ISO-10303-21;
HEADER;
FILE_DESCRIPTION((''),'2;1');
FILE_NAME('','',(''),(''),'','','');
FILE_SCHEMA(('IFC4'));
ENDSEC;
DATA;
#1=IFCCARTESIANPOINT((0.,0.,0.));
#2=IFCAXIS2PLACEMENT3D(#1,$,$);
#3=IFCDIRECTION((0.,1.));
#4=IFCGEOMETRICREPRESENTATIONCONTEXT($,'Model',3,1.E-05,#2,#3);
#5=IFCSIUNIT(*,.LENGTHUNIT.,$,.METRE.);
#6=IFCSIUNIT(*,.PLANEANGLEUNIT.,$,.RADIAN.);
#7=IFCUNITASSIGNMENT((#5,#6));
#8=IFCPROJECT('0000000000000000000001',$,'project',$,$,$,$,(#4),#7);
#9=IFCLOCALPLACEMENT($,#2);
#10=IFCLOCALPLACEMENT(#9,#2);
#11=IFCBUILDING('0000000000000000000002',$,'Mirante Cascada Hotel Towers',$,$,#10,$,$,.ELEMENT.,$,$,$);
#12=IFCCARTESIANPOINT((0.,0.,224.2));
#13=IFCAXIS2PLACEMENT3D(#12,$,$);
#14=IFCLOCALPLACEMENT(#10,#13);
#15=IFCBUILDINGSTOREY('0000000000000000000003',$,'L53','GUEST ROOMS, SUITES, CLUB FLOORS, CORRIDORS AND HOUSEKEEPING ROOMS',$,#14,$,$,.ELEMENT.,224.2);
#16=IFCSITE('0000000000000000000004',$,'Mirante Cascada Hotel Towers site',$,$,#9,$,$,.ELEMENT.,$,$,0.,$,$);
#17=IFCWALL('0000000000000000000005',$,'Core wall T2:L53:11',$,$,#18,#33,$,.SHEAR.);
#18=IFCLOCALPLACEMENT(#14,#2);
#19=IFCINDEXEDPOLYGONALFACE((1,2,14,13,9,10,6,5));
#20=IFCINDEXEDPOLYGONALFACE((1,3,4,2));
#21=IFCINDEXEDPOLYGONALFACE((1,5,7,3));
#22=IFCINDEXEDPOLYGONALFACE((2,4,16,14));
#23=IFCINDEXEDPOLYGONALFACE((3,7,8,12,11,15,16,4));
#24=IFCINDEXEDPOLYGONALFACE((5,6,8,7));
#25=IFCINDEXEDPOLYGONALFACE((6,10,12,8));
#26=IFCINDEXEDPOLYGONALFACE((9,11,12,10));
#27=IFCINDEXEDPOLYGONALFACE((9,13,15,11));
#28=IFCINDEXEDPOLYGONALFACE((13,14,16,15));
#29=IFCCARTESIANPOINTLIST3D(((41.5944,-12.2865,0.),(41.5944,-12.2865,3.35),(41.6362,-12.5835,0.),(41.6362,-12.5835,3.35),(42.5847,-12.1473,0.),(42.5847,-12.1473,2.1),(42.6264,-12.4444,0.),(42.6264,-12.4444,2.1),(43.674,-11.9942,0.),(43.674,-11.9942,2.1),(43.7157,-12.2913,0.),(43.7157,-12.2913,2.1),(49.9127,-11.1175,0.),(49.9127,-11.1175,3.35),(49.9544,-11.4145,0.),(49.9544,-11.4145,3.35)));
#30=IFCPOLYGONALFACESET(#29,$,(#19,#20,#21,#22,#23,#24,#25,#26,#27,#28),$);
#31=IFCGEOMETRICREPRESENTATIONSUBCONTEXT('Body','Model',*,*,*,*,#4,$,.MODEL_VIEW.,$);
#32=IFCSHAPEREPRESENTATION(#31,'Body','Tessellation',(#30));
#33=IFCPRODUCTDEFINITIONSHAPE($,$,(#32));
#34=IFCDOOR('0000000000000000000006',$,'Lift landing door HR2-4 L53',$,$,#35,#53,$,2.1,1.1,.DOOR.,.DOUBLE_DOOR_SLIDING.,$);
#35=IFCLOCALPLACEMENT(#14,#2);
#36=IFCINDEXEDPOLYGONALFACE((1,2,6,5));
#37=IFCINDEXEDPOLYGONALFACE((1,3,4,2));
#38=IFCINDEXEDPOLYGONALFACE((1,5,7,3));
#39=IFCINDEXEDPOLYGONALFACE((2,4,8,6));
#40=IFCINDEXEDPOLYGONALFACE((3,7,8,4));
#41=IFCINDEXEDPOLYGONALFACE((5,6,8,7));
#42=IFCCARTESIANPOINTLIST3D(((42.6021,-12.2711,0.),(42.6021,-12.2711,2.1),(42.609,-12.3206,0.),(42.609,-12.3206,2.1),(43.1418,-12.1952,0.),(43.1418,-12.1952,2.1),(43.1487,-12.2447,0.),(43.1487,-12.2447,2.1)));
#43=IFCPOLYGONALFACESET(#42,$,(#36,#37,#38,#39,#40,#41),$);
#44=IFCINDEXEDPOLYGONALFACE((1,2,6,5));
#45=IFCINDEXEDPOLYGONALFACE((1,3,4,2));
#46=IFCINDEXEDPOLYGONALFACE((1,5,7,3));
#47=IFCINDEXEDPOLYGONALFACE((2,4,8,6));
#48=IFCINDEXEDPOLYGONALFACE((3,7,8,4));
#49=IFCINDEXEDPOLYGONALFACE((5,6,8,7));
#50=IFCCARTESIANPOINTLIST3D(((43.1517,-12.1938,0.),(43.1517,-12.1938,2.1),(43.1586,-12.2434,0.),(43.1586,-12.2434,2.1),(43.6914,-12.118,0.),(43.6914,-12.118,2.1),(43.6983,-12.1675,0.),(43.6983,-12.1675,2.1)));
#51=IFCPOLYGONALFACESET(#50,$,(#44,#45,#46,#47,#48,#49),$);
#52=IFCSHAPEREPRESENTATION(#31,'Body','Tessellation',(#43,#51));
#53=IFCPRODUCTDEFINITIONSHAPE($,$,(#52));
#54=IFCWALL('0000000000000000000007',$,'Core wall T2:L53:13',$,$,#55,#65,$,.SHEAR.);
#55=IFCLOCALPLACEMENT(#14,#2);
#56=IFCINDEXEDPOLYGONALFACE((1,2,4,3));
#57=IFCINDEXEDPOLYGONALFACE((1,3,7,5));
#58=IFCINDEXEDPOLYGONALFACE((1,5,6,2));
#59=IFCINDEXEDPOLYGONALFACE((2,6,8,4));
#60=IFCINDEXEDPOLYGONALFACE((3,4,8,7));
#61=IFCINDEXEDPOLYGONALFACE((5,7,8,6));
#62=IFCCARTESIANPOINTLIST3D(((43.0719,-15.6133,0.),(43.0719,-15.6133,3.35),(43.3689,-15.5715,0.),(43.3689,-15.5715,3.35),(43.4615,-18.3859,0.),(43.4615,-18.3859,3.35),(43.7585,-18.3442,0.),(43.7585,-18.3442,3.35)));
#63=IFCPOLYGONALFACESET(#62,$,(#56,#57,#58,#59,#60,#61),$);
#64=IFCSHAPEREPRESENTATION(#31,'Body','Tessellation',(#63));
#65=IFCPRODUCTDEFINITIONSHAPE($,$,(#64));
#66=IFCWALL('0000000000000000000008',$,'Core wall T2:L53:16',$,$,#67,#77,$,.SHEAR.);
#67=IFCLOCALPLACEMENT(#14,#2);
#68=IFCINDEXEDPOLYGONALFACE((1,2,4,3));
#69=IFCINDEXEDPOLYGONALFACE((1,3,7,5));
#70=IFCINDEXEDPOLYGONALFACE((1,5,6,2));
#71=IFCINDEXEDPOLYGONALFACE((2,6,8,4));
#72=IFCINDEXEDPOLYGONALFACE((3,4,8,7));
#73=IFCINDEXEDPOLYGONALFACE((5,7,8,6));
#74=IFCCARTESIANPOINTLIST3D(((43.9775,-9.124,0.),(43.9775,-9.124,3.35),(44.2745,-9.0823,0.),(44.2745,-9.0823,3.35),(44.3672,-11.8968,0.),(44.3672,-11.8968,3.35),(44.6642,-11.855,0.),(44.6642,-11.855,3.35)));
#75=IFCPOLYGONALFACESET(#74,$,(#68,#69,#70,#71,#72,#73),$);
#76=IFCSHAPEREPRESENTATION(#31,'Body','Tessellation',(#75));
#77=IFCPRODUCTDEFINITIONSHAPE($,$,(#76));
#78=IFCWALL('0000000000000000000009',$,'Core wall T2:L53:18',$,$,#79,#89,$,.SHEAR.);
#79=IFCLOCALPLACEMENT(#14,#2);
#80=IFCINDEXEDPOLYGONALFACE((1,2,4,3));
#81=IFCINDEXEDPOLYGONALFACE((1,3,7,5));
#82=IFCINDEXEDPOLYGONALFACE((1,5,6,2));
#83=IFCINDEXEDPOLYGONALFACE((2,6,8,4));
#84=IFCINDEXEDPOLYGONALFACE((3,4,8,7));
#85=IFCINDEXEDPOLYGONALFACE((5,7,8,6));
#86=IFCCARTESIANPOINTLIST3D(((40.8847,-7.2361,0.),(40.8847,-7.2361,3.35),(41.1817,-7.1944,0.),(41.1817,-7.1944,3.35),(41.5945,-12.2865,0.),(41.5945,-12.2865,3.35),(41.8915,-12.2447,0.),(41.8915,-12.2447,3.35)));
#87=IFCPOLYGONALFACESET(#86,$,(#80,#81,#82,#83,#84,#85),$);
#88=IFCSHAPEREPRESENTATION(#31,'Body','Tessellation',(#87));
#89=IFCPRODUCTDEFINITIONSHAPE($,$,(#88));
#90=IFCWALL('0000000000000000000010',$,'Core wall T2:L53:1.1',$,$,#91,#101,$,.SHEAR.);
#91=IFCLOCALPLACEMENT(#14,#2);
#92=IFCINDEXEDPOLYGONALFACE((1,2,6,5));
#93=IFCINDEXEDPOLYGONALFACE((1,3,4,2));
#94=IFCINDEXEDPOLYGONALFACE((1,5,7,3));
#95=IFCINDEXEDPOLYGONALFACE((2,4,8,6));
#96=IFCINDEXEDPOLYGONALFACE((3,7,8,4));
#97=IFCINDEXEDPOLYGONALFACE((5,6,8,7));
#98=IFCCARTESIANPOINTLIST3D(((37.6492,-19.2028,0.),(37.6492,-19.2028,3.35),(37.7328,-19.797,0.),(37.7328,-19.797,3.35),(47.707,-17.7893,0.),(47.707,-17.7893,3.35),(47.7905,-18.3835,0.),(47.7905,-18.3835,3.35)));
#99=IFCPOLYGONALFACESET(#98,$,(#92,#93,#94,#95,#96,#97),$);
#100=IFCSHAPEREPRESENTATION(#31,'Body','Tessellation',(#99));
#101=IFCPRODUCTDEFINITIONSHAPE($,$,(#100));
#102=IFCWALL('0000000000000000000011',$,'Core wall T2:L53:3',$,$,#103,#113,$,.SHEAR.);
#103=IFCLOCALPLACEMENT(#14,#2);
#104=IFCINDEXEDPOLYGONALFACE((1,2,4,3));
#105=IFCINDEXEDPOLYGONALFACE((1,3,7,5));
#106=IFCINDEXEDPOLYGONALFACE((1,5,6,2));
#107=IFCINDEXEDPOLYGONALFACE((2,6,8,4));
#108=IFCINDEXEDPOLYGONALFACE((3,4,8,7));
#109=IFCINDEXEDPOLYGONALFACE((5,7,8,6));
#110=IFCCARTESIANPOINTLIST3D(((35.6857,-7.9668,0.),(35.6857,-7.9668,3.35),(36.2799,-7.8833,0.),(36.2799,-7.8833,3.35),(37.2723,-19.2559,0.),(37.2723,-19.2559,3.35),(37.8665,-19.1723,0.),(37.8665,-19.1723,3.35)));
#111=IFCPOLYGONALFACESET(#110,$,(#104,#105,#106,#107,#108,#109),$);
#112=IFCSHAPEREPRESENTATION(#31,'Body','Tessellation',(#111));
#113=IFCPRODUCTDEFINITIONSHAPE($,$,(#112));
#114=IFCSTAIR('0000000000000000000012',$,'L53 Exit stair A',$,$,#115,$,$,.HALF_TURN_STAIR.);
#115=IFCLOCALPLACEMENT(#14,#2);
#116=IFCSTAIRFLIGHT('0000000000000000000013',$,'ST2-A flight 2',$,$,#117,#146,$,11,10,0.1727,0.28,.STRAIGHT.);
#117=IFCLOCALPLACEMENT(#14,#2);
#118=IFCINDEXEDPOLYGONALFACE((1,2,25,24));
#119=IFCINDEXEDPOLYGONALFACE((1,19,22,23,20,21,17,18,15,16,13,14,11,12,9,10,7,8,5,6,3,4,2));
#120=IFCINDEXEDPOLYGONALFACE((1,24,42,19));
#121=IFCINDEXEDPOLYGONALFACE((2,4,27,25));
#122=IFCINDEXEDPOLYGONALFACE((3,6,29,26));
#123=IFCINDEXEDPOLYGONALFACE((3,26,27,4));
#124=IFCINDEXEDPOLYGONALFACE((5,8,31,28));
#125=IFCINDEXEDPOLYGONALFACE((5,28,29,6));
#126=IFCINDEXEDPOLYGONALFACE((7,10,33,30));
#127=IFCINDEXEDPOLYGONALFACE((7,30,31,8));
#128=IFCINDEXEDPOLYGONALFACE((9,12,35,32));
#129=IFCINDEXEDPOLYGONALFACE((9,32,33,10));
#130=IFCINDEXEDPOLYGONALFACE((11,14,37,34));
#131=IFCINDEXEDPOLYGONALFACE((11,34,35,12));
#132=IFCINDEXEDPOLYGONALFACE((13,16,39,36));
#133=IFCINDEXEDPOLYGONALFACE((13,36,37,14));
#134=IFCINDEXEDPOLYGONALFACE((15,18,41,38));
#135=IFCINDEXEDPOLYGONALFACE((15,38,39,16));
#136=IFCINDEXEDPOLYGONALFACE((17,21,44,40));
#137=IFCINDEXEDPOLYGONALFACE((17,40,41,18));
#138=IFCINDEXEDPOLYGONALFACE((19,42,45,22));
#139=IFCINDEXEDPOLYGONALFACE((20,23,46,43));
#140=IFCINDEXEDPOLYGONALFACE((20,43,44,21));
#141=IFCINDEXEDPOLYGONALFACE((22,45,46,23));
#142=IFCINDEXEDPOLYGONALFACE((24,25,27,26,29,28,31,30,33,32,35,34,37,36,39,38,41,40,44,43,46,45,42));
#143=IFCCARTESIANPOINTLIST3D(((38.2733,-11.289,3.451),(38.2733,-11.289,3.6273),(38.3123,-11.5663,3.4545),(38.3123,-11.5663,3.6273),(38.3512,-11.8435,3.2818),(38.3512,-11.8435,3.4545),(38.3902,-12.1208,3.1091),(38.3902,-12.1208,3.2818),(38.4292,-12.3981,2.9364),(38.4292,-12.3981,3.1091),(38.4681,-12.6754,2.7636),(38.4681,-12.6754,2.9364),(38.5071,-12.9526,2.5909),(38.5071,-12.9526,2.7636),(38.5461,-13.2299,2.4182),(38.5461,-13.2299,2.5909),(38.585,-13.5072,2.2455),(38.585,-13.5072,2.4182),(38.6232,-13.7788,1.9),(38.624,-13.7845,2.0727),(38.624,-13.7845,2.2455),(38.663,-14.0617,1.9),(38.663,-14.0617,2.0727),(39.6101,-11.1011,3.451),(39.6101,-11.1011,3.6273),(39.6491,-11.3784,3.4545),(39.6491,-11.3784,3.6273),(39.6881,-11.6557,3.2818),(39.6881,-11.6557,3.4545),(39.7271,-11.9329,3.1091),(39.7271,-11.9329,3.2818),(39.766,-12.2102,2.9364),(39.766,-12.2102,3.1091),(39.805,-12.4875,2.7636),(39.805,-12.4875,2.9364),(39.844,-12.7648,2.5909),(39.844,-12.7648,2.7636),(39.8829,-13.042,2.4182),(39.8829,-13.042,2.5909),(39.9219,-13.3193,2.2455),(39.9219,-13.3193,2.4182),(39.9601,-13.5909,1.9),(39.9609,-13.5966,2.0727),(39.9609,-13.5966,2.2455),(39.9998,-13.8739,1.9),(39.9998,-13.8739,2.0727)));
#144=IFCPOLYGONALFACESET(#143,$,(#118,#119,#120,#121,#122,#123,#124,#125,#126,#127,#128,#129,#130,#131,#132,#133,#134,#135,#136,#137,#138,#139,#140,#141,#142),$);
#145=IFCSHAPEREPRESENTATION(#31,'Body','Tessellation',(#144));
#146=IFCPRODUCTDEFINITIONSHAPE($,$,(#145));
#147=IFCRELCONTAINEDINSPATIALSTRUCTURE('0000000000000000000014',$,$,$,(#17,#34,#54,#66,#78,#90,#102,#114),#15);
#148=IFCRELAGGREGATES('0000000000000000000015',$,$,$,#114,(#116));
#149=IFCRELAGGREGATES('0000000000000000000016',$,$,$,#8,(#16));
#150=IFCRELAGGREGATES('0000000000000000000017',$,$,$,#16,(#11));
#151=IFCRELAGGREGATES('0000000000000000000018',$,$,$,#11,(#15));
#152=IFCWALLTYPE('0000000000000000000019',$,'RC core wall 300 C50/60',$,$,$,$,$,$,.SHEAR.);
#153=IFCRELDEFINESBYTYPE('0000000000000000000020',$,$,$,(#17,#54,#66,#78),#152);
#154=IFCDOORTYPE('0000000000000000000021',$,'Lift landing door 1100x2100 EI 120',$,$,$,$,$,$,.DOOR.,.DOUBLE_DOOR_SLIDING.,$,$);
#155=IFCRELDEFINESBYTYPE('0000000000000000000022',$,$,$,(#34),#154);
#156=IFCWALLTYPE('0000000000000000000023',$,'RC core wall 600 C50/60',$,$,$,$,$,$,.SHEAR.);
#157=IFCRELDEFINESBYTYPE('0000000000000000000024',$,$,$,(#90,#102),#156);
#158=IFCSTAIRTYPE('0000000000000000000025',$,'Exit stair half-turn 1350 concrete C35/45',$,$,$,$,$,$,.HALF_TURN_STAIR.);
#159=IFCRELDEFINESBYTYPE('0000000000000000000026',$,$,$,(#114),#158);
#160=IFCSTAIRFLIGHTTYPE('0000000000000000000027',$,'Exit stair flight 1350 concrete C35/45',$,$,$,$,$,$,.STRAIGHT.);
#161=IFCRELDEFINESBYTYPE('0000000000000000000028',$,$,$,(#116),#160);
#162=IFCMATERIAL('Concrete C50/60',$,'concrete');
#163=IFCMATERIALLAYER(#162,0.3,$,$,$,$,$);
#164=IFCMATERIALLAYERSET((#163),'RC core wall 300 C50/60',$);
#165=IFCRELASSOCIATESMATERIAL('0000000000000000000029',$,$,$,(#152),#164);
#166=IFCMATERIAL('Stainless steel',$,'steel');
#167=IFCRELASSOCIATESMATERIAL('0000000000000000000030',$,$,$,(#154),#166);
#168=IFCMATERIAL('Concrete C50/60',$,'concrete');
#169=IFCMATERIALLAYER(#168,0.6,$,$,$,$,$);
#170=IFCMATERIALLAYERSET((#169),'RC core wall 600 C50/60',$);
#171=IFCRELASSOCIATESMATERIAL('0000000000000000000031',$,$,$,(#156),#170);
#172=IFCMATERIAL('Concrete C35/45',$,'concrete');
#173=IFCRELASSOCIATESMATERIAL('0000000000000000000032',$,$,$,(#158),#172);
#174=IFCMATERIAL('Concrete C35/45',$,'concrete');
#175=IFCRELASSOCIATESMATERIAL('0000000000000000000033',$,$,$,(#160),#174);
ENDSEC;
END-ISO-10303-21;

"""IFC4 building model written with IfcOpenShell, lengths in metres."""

from ifc_helpers import new_model, si_unit, direction, frame, frame_2d, origin, place, context, subcontext, project, spatial, polyline, rectangle, outline, extrude, material, layer, layer_set, type_object, element, fill, aggregate, save


model = new_model("IFC4")

# Units and contexts
model_context = context("Model", 3, precision=1e-05, world=origin(), true_north=direction((0.0, 1.0)))
body_context = subcontext(model_context, "Body", "Model", "MODEL_VIEW")
ifc_project = project(units=[si_unit("LENGTHUNIT", "METRE"), si_unit("PLANEANGLEUNIT", "RADIAN")], contexts=[model_context])

# Site, building, storey
site_placement = place(None, origin())
site = spatial("IfcSite", under=ifc_project, at=site_placement, Name="Mirante Cascada Hotel Towers site", CompositionType="ELEMENT", RefElevation=0.0)
building_placement = place(site_placement, origin())
building = spatial("IfcBuilding", under=site, at=building_placement, Name="Mirante Cascada Hotel Towers", CompositionType="ELEMENT")
storey_placement = place(building_placement, frame((0.0, 0.0, 224.2)))
storey = spatial("IfcBuildingStorey", under=building, at=storey_placement, Name="L53", Description="GUEST ROOMS, SUITES, CLUB FLOORS, CORRIDORS AND HOUSEKEEPING ROOMS", CompositionType="ELEMENT", Elevation=224.2)

# Shared definitions
ifc_material_1 = material(Name="Concrete C50/60", Category="concrete")
ifc_layer_1 = layer(ifc_material_1, 0.3)
ifc_layer_set_1 = layer_set([ifc_layer_1], Name="RC core wall 300 C50/60")
wall_type_1 = type_object("IfcWallType", Name="RC core wall 300 C50/60", PredefinedType="SHEAR", material=ifc_layer_set_1)

# Shared definitions
ifc_material_2 = material(Name="Stainless steel", Category="steel")
door_type_1 = type_object("IfcDoorType", Name="Lift landing door 1100x2100 EI 120", OperationType="DOUBLE_DOOR_SLIDING", PredefinedType="DOOR", material=ifc_material_2)

# Wall, opening, door
wall_1_placement = place(storey_placement, frame((41.6153, -12.435, 0.0), z_axis=(0.0, 0.0, 1.0), x_axis=(0.990269, 0.139166, 0.0)))
wall_1 = element("IfcWall", 1, at=wall_1_placement, inside=storey, type_object=wall_type_1, Name="Core wall T2:L53:11", PredefinedType="SHEAR", context=body_context, shape_type="SweptSolid", body=[
    extrude(rectangle(XDim=8.4, YDim=0.3, at=frame_2d((4.2, 0.0))), origin(), (0.0, 0.0, 1.0), 3.35),
])
opening_1_placement = place(wall_1_placement, frame((1.0, 0.0, 0.0)))
opening_1 = element("IfcOpeningElement", 2, at=opening_1_placement, cuts=wall_1, PredefinedType="OPENING", context=body_context, shape_type="SweptSolid", body=[
    extrude(rectangle(XDim=1.1, YDim=2.1, at=frame_2d((0.55, 1.05))), frame((0.0, 0.15, 0.0), z_axis=(0.0, -1.0, 0.0), x_axis=(1.0, 0.0, 0.0)), (0.0, 0.0, 1.0), 0.3),
])
door_1_placement = place(opening_1_placement, origin())
door_1 = element("IfcDoor", 3, at=door_1_placement, inside=storey, type_object=door_type_1, Name="Lift landing door HR2-4 L53", OperationType="DOUBLE_DOOR_SLIDING", OverallHeight=2.1, OverallWidth=1.1, PredefinedType="DOOR", context=body_context, shape_type="SweptSolid", body=[
    extrude(rectangle(XDim=0.545, YDim=2.1, at=frame_2d((0.2725, 1.05))), frame((0.0, 0.025, 0.0), z_axis=(0.0, -1.0, 0.0), x_axis=(1.0, 0.0, 0.0)), (0.0, 0.0, 1.0), 0.05),
    extrude(rectangle(XDim=0.545, YDim=2.1, at=frame_2d((0.8275, 1.05))), frame((0.0, 0.025, 0.0), z_axis=(0.0, -1.0, 0.0), x_axis=(1.0, 0.0, 0.0)), (0.0, 0.0, 1.0), 0.05),
])
fill(opening_1, door_1)

# Walls
wall_2_placement = place(storey_placement, frame((43.61, -18.3651, 0.0), z_axis=(0.0, 0.0, 1.0), x_axis=(-0.139146, 0.990272, 0.0)))
element("IfcWall", 4, at=wall_2_placement, inside=storey, type_object=wall_type_1, Name="Core wall T2:L53:13", PredefinedType="SHEAR", context=body_context, shape_type="SweptSolid", body=[
    extrude(rectangle(XDim=2.7999, YDim=0.3, at=frame_2d((1.4, 0.0))), origin(), (0.0, 0.0, 1.0), 3.35),
])
wall_3_placement = place(storey_placement, frame((44.5157, -11.8759, 0.0), z_axis=(0.0, 0.0, 1.0), x_axis=(-0.139181, 0.990267, 0.0)))
element("IfcWall", 5, at=wall_3_placement, inside=storey, type_object=wall_type_1, Name="Core wall T2:L53:16", PredefinedType="SHEAR", context=body_context, shape_type="SweptSolid", body=[
    extrude(rectangle(XDim=2.8, YDim=0.3, at=frame_2d((1.4, 0.0))), origin(), (0.0, 0.0, 1.0), 3.35),
])
wall_4_placement = place(storey_placement, frame((41.743, -12.2656, 0.0), z_axis=(0.0, 0.0, 1.0), x_axis=(-0.139176, 0.990268, 0.0)))
element("IfcWall", 6, at=wall_4_placement, inside=storey, type_object=wall_type_1, Name="Core wall T2:L53:18", PredefinedType="SHEAR", context=body_context, shape_type="SweptSolid", body=[
    extrude(rectangle(XDim=5.1, YDim=0.3, at=frame_2d((2.55, 0.0))), origin(), (0.0, 0.0, 1.0), 3.35),
])
ifc_material_3 = material(Name="Concrete C50/60", Category="concrete")
ifc_layer_2 = layer(ifc_material_3, 0.6)
ifc_layer_set_2 = layer_set([ifc_layer_2], Name="RC core wall 600 C50/60")
wall_type_2 = type_object("IfcWallType", Name="RC core wall 600 C50/60", PredefinedType="SHEAR", material=ifc_layer_set_2)
wall_5_placement = place(storey_placement, frame((37.691, -19.4999, 0.0), z_axis=(0.0, 0.0, 1.0), x_axis=(0.990268, 0.13917, 0.0)))
element("IfcWall", 7, at=wall_5_placement, inside=storey, type_object=wall_type_2, Name="Core wall T2:L53:1.1", PredefinedType="SHEAR", context=body_context, shape_type="SweptSolid", body=[
    extrude(rectangle(XDim=10.1566, YDim=0.6, at=frame_2d((5.0783, 0.0))), origin(), (0.0, 0.0, 1.0), 3.35),
])
wall_6_placement = place(storey_placement, frame((37.5694, -19.2141, 0.0), z_axis=(0.0, 0.0, 1.0), x_axis=(-0.139175, 0.990268, 0.0)))
element("IfcWall", 8, at=wall_6_placement, inside=storey, type_object=wall_type_2, Name="Core wall T2:L53:3", PredefinedType="SHEAR", context=body_context, shape_type="SweptSolid", body=[
    extrude(rectangle(XDim=11.4, YDim=0.6, at=frame_2d((5.7, 0.0))), origin(), (0.0, 0.0, 1.0), 3.35),
])

# Stair, stair flight
ifc_material_4 = material(Name="Concrete C35/45", Category="concrete")
stair_type = type_object("IfcStairType", Name="Exit stair half-turn 1350 concrete C35/45", PredefinedType="HALF_TURN_STAIR", material=ifc_material_4)
stair_placement = place(storey_placement, origin())
stair = element("IfcStair", 9, at=stair_placement, inside=storey, type_object=stair_type, Name="L53 Exit stair A", PredefinedType="HALF_TURN_STAIR")
ifc_material_5 = material(Name="Concrete C35/45", Category="concrete")
stair_flight_type = type_object("IfcStairFlightType", Name="Exit stair flight 1350 concrete C35/45", PredefinedType="STRAIGHT", material=ifc_material_5)
stair_flight_placement = place(storey_placement, frame((39.3314, -13.9678, 1.9), z_axis=(0.0, 0.0, 1.0), x_axis=(-0.139173, 0.990268, 0.0)))
stair_flight = element("IfcStairFlight", 10, at=stair_flight_placement, type_object=stair_flight_type, Name="ST2-A flight 2", NumberOfRisers=11, NumberOfTreads=10, PredefinedType="STRAIGHT", RiserHeight=0.1727, TreadLength=0.28, context=body_context, shape_type="SweptSolid", body=[
    extrude(outline(polyline([(0.0, 0.0), (0.0, 0.1727), (0.28, 0.1727), (0.28, 0.3455), (0.56, 0.3455), (0.56, 0.5182), (0.84, 0.5182), (0.84, 0.6909), (1.12, 0.6909), (1.12, 0.8636), (1.4, 0.8636), (1.4, 1.0364), (1.68, 1.0364), (1.68, 1.2091), (1.96, 1.2091), (1.96, 1.3818), (2.24, 1.3818), (2.24, 1.5545), (2.52, 1.5545), (2.52, 1.7273), (2.8, 1.7273), (2.8, 1.9), (2.8, 1.551), (0.2857, 0.0), (0.0, 0.0)])), frame((0.0, 0.675, 0.0), z_axis=(0.0, -1.0, 0.0), x_axis=(1.0, 0.0, 0.0)), (0.0, 0.0, 1.0), 1.35),
])
aggregate(stair, [stair_flight])

save(model, "model.ifc")
